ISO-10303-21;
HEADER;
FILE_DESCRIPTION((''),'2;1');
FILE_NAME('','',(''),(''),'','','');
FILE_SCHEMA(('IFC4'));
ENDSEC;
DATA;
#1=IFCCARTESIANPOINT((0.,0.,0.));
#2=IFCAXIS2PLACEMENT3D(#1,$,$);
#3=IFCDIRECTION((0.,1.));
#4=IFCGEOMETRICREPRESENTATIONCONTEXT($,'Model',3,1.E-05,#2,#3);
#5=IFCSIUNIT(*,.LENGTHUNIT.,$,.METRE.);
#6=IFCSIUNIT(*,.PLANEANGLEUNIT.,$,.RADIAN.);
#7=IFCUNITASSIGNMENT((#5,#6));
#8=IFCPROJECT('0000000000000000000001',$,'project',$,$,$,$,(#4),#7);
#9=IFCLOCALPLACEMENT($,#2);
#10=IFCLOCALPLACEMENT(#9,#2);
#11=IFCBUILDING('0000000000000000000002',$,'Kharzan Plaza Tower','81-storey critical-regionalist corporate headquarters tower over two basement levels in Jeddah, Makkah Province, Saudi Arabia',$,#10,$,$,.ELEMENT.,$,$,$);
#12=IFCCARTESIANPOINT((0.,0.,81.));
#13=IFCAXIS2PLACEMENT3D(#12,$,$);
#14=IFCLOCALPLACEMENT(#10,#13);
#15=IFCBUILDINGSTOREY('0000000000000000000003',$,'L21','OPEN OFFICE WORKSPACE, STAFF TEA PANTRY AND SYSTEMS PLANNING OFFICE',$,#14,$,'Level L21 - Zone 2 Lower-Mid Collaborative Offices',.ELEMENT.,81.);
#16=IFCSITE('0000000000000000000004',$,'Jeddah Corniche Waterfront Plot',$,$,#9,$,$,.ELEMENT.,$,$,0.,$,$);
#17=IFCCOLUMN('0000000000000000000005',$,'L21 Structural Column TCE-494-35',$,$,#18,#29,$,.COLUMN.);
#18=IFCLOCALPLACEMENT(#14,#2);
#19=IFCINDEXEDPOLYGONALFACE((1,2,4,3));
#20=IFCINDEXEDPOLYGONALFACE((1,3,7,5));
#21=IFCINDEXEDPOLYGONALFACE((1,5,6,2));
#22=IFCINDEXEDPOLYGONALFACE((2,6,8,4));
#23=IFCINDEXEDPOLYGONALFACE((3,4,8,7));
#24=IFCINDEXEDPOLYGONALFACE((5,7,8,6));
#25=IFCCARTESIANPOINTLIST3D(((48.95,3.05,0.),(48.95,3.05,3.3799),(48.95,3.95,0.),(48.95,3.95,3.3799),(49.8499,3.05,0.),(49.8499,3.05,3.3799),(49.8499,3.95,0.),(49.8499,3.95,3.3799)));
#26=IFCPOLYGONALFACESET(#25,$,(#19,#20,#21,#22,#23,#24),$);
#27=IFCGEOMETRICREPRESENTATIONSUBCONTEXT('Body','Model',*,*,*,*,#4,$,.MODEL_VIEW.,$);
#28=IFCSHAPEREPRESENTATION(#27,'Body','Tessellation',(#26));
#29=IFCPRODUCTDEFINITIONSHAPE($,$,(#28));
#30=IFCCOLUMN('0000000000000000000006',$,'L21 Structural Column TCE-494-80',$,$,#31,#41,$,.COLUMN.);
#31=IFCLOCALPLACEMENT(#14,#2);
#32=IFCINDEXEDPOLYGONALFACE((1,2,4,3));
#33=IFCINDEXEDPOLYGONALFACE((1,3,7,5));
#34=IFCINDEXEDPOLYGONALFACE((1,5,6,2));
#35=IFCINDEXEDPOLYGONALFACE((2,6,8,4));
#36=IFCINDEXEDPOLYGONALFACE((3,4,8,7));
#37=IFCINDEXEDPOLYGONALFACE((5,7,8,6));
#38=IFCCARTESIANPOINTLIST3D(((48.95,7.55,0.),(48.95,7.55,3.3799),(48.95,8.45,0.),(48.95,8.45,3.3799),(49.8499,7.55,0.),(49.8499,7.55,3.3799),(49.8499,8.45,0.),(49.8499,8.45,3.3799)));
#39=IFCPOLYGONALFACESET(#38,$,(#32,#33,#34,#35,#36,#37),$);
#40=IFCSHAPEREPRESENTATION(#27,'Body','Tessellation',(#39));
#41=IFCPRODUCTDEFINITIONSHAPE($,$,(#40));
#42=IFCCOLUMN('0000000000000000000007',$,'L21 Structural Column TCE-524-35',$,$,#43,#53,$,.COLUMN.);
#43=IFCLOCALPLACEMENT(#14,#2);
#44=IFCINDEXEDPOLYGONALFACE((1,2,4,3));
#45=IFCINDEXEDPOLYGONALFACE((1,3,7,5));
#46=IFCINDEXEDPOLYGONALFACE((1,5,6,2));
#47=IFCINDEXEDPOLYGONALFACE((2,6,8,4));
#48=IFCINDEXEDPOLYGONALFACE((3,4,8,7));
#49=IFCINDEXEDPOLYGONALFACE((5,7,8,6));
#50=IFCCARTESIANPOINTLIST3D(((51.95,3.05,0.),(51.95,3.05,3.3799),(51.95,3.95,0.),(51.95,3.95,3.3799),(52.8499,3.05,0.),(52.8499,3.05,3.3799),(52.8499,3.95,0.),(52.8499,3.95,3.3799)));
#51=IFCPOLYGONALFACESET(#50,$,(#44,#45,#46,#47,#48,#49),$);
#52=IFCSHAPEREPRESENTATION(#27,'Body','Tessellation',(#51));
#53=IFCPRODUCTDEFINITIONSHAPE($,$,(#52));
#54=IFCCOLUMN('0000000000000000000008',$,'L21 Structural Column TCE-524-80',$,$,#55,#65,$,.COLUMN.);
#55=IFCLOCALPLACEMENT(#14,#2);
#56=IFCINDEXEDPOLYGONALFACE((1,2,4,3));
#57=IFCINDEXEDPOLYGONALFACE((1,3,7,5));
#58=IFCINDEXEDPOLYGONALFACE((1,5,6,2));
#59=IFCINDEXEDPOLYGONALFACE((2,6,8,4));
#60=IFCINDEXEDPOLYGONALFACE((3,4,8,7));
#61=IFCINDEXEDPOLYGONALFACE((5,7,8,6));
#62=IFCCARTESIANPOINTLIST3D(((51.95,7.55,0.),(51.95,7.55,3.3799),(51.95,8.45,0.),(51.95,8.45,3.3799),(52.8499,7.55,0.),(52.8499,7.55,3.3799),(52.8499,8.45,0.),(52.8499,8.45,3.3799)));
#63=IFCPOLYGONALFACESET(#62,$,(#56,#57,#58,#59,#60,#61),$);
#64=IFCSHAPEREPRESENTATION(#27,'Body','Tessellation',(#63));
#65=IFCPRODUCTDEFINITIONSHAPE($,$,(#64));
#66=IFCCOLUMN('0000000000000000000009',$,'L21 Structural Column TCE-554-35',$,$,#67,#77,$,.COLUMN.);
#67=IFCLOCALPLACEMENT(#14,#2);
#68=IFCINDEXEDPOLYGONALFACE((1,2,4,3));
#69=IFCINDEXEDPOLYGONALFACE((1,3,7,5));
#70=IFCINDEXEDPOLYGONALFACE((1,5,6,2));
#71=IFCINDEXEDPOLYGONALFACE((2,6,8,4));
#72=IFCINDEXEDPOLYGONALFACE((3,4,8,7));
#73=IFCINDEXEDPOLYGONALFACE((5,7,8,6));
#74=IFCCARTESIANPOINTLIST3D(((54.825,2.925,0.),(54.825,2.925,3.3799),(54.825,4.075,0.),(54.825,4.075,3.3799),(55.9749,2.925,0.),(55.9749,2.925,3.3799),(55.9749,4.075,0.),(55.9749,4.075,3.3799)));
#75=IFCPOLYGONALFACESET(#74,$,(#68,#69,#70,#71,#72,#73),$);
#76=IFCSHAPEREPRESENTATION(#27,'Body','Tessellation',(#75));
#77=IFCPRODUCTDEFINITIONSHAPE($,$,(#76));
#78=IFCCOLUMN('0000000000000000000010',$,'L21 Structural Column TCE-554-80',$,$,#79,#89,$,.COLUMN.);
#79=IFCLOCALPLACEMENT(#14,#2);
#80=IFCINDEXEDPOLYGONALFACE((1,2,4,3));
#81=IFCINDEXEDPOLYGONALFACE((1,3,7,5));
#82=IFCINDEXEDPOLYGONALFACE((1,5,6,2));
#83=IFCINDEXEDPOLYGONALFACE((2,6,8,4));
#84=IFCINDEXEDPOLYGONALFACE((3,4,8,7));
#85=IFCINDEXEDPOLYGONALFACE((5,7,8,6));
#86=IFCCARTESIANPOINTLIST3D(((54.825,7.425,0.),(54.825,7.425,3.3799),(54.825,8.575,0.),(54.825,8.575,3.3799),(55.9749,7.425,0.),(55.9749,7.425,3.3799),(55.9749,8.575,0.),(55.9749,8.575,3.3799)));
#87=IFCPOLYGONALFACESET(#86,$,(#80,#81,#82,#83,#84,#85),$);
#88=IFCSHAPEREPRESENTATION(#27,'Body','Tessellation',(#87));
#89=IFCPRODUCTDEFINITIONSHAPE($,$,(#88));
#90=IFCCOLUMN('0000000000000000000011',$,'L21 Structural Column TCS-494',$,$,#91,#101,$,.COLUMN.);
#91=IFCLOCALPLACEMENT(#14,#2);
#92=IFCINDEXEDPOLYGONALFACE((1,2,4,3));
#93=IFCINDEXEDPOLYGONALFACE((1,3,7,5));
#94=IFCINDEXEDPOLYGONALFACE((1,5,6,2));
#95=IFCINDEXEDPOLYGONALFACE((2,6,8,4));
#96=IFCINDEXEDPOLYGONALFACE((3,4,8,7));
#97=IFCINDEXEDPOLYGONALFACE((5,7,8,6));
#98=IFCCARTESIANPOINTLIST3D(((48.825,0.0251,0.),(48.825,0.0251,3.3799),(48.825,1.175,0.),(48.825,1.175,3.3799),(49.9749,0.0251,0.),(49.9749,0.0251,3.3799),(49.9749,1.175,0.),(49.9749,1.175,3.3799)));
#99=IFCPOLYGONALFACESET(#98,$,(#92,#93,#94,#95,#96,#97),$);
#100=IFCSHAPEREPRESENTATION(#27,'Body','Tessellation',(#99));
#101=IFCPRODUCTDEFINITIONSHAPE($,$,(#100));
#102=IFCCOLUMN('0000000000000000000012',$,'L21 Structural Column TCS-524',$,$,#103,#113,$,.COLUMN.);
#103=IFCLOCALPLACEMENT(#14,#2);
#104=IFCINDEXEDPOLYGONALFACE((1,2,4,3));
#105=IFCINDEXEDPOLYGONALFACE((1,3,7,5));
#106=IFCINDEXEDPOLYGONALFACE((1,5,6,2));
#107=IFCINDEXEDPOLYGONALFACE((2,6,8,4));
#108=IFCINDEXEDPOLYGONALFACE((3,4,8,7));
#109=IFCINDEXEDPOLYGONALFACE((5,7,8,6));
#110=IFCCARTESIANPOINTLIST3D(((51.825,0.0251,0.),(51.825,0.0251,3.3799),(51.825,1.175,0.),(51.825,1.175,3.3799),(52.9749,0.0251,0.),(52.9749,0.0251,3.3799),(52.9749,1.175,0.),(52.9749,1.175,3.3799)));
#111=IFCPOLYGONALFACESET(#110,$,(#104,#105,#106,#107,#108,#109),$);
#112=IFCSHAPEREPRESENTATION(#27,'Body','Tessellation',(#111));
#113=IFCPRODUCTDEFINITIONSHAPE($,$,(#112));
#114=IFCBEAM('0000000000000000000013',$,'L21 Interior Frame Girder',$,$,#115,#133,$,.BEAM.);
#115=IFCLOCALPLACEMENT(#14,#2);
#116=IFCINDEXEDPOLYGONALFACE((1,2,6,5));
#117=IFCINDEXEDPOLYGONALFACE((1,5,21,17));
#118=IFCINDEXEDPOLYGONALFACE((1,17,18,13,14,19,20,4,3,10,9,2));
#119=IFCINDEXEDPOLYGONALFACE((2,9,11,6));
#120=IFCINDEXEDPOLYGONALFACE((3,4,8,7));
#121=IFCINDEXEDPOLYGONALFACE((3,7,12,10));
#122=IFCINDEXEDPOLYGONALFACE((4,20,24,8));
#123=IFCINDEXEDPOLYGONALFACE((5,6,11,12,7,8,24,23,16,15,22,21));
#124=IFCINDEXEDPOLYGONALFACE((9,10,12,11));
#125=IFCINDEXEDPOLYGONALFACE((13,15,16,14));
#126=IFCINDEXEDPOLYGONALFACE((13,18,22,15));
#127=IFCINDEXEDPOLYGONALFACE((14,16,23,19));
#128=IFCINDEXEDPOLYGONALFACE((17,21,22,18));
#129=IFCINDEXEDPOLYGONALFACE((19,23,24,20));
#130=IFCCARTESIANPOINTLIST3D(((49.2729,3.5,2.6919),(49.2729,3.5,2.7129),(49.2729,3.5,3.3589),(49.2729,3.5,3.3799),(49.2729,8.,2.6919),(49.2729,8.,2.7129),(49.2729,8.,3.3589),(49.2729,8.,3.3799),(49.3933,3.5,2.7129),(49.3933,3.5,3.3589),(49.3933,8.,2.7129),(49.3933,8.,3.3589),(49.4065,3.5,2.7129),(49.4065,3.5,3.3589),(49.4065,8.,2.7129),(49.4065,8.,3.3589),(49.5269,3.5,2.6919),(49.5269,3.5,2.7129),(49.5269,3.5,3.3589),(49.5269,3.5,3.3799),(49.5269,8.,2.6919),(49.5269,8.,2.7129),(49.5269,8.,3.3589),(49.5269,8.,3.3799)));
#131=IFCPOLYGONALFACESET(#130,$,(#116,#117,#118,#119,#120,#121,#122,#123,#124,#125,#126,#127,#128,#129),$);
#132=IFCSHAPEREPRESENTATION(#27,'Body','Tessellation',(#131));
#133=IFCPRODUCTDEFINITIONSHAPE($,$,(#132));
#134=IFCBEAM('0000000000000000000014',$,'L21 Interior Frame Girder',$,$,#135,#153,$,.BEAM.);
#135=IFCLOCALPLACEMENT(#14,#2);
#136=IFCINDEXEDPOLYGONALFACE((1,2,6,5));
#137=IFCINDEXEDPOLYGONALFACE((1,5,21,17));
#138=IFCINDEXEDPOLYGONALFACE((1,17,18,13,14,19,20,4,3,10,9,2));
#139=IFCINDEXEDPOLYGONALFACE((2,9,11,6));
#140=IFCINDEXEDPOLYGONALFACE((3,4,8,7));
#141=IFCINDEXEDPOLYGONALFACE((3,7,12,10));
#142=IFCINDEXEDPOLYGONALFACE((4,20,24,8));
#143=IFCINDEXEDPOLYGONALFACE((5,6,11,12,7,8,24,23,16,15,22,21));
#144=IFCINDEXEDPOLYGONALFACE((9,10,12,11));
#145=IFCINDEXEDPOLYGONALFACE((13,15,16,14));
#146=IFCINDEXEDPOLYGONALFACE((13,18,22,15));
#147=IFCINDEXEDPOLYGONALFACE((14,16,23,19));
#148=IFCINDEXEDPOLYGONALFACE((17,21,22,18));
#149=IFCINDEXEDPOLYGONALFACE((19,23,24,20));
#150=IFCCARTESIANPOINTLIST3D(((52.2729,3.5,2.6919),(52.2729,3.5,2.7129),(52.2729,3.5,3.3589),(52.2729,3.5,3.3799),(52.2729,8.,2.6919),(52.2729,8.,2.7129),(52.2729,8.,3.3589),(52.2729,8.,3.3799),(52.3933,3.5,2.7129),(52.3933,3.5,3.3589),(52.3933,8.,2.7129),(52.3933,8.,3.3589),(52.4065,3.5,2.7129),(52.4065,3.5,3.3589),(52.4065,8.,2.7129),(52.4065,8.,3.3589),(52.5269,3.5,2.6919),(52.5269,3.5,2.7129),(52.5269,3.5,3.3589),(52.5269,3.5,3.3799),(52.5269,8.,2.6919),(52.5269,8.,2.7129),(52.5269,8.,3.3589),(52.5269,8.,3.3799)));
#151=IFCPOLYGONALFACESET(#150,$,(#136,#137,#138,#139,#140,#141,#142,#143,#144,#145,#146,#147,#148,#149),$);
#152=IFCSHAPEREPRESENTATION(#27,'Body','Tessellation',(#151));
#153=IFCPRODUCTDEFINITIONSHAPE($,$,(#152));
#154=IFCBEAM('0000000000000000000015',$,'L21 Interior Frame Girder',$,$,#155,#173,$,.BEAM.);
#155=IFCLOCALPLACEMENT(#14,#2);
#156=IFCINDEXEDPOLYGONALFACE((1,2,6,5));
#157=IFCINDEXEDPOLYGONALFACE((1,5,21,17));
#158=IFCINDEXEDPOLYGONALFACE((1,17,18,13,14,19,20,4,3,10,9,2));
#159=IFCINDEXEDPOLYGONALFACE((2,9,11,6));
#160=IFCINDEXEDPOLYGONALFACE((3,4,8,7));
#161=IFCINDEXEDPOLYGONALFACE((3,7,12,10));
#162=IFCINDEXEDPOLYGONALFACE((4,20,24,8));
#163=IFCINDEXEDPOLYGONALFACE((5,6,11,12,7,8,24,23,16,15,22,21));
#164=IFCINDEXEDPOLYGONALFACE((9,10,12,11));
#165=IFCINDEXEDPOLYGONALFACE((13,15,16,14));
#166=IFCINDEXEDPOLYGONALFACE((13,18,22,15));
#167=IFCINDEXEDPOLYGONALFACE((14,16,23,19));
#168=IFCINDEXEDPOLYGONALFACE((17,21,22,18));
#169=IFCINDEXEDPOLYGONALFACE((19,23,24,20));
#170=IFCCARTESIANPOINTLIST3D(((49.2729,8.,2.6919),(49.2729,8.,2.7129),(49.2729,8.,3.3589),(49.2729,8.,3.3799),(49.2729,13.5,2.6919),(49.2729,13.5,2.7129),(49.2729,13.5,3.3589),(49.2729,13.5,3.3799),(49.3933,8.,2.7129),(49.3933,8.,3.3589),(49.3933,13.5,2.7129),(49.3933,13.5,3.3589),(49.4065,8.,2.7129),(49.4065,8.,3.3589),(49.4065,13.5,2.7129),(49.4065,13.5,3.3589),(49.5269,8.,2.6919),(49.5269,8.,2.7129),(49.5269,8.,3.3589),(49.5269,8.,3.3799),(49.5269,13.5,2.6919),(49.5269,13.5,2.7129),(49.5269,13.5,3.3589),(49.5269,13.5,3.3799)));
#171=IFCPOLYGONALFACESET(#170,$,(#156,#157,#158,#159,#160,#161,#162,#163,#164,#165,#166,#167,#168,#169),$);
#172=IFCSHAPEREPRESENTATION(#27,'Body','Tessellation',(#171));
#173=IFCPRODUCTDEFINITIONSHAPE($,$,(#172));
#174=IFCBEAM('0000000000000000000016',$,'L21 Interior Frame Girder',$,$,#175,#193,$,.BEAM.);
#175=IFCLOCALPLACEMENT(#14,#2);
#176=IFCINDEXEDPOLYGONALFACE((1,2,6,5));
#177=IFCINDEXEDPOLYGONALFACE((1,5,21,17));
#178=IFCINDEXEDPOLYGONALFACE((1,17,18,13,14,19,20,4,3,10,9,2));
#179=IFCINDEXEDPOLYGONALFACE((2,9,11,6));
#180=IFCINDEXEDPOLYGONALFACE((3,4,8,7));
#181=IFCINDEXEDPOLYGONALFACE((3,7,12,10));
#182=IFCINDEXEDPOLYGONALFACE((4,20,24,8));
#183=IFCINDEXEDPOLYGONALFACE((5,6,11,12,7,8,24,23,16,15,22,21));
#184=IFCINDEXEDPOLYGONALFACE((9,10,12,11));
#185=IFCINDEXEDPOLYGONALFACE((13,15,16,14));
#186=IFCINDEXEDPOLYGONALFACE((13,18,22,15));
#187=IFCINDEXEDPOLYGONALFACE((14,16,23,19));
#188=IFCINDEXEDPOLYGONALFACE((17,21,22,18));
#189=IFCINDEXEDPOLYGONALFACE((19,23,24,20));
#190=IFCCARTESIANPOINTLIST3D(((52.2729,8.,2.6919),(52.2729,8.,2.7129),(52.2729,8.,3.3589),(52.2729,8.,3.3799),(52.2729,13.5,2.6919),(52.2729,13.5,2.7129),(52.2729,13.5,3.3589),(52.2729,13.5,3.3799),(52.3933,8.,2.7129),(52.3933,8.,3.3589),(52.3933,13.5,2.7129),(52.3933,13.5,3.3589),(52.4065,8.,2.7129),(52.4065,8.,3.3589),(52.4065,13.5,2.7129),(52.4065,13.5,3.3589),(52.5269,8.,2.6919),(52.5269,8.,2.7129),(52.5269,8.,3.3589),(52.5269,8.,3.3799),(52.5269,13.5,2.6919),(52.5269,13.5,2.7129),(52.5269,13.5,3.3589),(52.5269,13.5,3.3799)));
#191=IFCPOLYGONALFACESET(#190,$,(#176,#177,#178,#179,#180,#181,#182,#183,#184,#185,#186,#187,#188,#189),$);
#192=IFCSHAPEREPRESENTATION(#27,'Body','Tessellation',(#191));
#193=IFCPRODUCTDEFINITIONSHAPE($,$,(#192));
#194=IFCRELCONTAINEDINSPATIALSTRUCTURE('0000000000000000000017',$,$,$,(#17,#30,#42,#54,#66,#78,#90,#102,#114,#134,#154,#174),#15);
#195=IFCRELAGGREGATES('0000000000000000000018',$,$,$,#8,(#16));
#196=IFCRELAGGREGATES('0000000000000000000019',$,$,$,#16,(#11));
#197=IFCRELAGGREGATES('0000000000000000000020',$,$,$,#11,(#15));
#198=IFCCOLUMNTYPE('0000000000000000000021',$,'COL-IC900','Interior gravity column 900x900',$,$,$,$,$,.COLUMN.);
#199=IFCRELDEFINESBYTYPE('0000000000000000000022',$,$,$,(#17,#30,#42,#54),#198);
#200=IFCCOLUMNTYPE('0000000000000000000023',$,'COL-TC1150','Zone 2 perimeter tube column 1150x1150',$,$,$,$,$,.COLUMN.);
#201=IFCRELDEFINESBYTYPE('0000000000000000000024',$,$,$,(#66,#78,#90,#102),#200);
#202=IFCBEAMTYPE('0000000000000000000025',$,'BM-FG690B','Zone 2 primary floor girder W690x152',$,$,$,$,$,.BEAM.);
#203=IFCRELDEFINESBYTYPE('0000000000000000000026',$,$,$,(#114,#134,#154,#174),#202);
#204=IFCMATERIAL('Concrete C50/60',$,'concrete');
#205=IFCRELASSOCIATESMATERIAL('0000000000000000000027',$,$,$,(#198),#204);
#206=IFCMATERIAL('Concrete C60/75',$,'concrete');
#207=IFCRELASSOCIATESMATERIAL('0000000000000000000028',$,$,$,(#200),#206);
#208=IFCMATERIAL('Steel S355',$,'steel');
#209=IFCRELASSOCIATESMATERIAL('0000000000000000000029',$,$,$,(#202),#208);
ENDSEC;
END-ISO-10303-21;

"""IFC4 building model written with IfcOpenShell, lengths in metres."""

from ifc_helpers import new_model, si_unit, direction, frame, origin, origin_2d, place, context, subcontext, project, spatial, rectangle, i_section, extrude, source, transform, mapped, material, material_profile, profile_set, type_object, element, save


model = new_model("IFC4")

# Units and contexts
model_context = context("Model", 3, precision=1e-05, world=origin(), true_north=direction((0.0, 1.0)))
body_context = subcontext(model_context, "Body", "Model", "MODEL_VIEW")
ifc_project = project(units=[si_unit("LENGTHUNIT", "METRE"), si_unit("PLANEANGLEUNIT", "RADIAN")], contexts=[model_context])

# Site, building, storey
site_placement = place(None, origin())
site = spatial("IfcSite", under=ifc_project, at=site_placement, Name="Jeddah Corniche Waterfront Plot", CompositionType="ELEMENT", RefElevation=0.0)
building_placement = place(site_placement, origin())
building = spatial("IfcBuilding", under=site, at=building_placement, Name="Kharzan Plaza Tower", Description="81-storey critical-regionalist corporate headquarters tower over two basement levels in Jeddah, Makkah Province, Saudi Arabia", CompositionType="ELEMENT")
storey_placement = place(building_placement, frame((0.0, 0.0, 81.0)))
storey = spatial("IfcBuildingStorey", under=building, at=storey_placement, Name="L21", Description="OPEN OFFICE WORKSPACE, STAFF TEA PANTRY AND SYSTEMS PLANNING OFFICE", LongName="Level L21 - Zone 2 Lower-Mid Collaborative Offices", CompositionType="ELEMENT", Elevation=81.0)

# Columns
ifc_material_1 = material(Name="Concrete C50/60", Category="concrete")
ifc_material_profile_1 = material_profile(ifc_material_1, rectangle(XDim=0.8999, YDim=0.8999, at=origin_2d()), Name="RC-IC900x900")
ifc_profile_set_1 = profile_set([ifc_material_profile_1], Name="Concrete C50/60")
column_type_1 = type_object("IfcColumnType", Name="COL-IC900", Description="Interior gravity column 900x900", PredefinedType="COLUMN", material=ifc_profile_set_1)
shared_shape_1 = source(origin(), body_context, "Body", "SweptSolid", [
    extrude(rectangle(XDim=0.8999, YDim=0.8999, at=origin_2d()), origin(), (0.0, 0.0, 1.0), 3.3799),
])
for number, where, z_axis, x_axis, name in (
    (1, (49.3999, 3.5, 0.0), (0.0, 0.0, 1.0), (1.0, 0.0, 0.0), "L21 Structural Column TCE-494-35"),
    (2, (49.3999, 8.0, 0.0), (0.0, 0.0, 1.0), (1.0, 0.0, 0.0), "L21 Structural Column TCE-494-80"),
    (3, (52.3999, 3.5, 0.0), (0.0, 0.0, 1.0), (1.0, 0.0, 0.0), "L21 Structural Column TCE-524-35"),
    (4, (52.3999, 8.0, 0.0), (0.0, 0.0, 1.0), (1.0, 0.0, 0.0), "L21 Structural Column TCE-524-80"),
):
    element("IfcColumn", number, at=place(storey_placement, frame(where, z_axis=z_axis, x_axis=x_axis)), inside=storey, type_object=column_type_1, Name=name, PredefinedType="COLUMN", context=body_context, shape_type="MappedRepresentation", body=[
        mapped(shared_shape_1, transform((0.0, 0.0, 0.0), x_axis=(1.0, 0.0, 0.0), y_axis=(0.0, 1.0, 0.0), z_axis=(0.0, 0.0, 1.0))),
    ])
ifc_material_2 = material(Name="Concrete C60/75", Category="concrete")
ifc_material_profile_2 = material_profile(ifc_material_2, rectangle(XDim=1.1499, YDim=1.1499, at=origin_2d()), Name="RC-TC1150x1150")
ifc_profile_set_2 = profile_set([ifc_material_profile_2], Name="Concrete C60/75")
column_type_2 = type_object("IfcColumnType", Name="COL-TC1150", Description="Zone 2 perimeter tube column 1150x1150", PredefinedType="COLUMN", material=ifc_profile_set_2)
shared_shape_2 = source(origin(), body_context, "Body", "SweptSolid", [
    extrude(rectangle(XDim=1.1499, YDim=1.1499, at=origin_2d()), origin(), (0.0, 0.0, 1.0), 3.3799),
])
for number, where, z_axis, x_axis, name in (
    (5, (55.3999, 3.5, 0.0), (0.0, 0.0, 1.0), (1.0, 0.0, 0.0), "L21 Structural Column TCE-554-35"),
    (6, (55.3999, 8.0, 0.0), (0.0, 0.0, 1.0), (1.0, 0.0, 0.0), "L21 Structural Column TCE-554-80"),
    (7, (49.3999, 0.6001, 0.0), (0.0, 0.0, 1.0), (1.0, 0.0, 0.0), "L21 Structural Column TCS-494"),
    (8, (52.3999, 0.6001, 0.0), (0.0, 0.0, 1.0), (1.0, 0.0, 0.0), "L21 Structural Column TCS-524"),
):
    element("IfcColumn", number, at=place(storey_placement, frame(where, z_axis=z_axis, x_axis=x_axis)), inside=storey, type_object=column_type_2, Name=name, PredefinedType="COLUMN", context=body_context, shape_type="MappedRepresentation", body=[
        mapped(shared_shape_2, transform((0.0, 0.0, 0.0), x_axis=(1.0, 0.0, 0.0), y_axis=(0.0, 1.0, 0.0), z_axis=(0.0, 0.0, 1.0))),
    ])

# Beams
ifc_material_3 = material(Name="Steel S355", Category="steel")
ifc_material_profile_3 = material_profile(ifc_material_3, i_section(OverallWidth=0.2539, OverallDepth=0.688, WebThickness=0.0132, FlangeThickness=0.021, at=origin_2d()), Name="W690x152")
ifc_profile_set_3 = profile_set([ifc_material_profile_3], Name="Steel S355")
beam_type_1 = type_object("IfcBeamType", Name="BM-FG690B", Description="Zone 2 primary floor girder W690x152", PredefinedType="BEAM", material=ifc_profile_set_3)
shared_shape_3 = source(origin(), body_context, "Body", "SweptSolid", [
    extrude(i_section(OverallWidth=0.2539, OverallDepth=0.688, WebThickness=0.0132, FlangeThickness=0.021, at=origin_2d()), origin(), (0.0, 0.0, 1.0), 4.5),
])
for number, where, z_axis, x_axis, name in (
    (9, (49.3999, 3.5, 3.0359), (0.0, 1.0, 0.0), (-1.0, 0.0, 0.0), "L21 Interior Frame Girder"),
    (10, (52.3999, 3.5, 3.0359), (0.0, 1.0, 0.0), (-1.0, 0.0, 0.0), "L21 Interior Frame Girder"),
):
    element("IfcBeam", number, at=place(storey_placement, frame(where, z_axis=z_axis, x_axis=x_axis)), inside=storey, type_object=beam_type_1, Name=name, PredefinedType="BEAM", context=body_context, shape_type="MappedRepresentation", body=[
        mapped(shared_shape_3, transform((0.0, 0.0, 0.0), x_axis=(1.0, 0.0, 0.0), y_axis=(0.0, 1.0, 0.0), z_axis=(0.0, 0.0, 1.0))),
    ])
shared_shape_4 = source(origin(), body_context, "Body", "SweptSolid", [
    extrude(i_section(OverallWidth=0.2539, OverallDepth=0.688, WebThickness=0.0132, FlangeThickness=0.021, at=origin_2d()), origin(), (0.0, 0.0, 1.0), 5.5),
])
for number, where, z_axis, x_axis, name in (
    (11, (49.3999, 8.0, 3.0359), (0.0, 1.0, 0.0), (-1.0, 0.0, 0.0), "L21 Interior Frame Girder"),
    (12, (52.3999, 8.0, 3.0359), (0.0, 1.0, 0.0), (-1.0, 0.0, 0.0), "L21 Interior Frame Girder"),
):
    element("IfcBeam", number, at=place(storey_placement, frame(where, z_axis=z_axis, x_axis=x_axis)), inside=storey, type_object=beam_type_1, Name=name, PredefinedType="BEAM", context=body_context, shape_type="MappedRepresentation", body=[
        mapped(shared_shape_4, transform((0.0, 0.0, 0.0), x_axis=(1.0, 0.0, 0.0), y_axis=(0.0, 1.0, 0.0), z_axis=(0.0, 0.0, 1.0))),
    ])

save(model, "model.ifc")
